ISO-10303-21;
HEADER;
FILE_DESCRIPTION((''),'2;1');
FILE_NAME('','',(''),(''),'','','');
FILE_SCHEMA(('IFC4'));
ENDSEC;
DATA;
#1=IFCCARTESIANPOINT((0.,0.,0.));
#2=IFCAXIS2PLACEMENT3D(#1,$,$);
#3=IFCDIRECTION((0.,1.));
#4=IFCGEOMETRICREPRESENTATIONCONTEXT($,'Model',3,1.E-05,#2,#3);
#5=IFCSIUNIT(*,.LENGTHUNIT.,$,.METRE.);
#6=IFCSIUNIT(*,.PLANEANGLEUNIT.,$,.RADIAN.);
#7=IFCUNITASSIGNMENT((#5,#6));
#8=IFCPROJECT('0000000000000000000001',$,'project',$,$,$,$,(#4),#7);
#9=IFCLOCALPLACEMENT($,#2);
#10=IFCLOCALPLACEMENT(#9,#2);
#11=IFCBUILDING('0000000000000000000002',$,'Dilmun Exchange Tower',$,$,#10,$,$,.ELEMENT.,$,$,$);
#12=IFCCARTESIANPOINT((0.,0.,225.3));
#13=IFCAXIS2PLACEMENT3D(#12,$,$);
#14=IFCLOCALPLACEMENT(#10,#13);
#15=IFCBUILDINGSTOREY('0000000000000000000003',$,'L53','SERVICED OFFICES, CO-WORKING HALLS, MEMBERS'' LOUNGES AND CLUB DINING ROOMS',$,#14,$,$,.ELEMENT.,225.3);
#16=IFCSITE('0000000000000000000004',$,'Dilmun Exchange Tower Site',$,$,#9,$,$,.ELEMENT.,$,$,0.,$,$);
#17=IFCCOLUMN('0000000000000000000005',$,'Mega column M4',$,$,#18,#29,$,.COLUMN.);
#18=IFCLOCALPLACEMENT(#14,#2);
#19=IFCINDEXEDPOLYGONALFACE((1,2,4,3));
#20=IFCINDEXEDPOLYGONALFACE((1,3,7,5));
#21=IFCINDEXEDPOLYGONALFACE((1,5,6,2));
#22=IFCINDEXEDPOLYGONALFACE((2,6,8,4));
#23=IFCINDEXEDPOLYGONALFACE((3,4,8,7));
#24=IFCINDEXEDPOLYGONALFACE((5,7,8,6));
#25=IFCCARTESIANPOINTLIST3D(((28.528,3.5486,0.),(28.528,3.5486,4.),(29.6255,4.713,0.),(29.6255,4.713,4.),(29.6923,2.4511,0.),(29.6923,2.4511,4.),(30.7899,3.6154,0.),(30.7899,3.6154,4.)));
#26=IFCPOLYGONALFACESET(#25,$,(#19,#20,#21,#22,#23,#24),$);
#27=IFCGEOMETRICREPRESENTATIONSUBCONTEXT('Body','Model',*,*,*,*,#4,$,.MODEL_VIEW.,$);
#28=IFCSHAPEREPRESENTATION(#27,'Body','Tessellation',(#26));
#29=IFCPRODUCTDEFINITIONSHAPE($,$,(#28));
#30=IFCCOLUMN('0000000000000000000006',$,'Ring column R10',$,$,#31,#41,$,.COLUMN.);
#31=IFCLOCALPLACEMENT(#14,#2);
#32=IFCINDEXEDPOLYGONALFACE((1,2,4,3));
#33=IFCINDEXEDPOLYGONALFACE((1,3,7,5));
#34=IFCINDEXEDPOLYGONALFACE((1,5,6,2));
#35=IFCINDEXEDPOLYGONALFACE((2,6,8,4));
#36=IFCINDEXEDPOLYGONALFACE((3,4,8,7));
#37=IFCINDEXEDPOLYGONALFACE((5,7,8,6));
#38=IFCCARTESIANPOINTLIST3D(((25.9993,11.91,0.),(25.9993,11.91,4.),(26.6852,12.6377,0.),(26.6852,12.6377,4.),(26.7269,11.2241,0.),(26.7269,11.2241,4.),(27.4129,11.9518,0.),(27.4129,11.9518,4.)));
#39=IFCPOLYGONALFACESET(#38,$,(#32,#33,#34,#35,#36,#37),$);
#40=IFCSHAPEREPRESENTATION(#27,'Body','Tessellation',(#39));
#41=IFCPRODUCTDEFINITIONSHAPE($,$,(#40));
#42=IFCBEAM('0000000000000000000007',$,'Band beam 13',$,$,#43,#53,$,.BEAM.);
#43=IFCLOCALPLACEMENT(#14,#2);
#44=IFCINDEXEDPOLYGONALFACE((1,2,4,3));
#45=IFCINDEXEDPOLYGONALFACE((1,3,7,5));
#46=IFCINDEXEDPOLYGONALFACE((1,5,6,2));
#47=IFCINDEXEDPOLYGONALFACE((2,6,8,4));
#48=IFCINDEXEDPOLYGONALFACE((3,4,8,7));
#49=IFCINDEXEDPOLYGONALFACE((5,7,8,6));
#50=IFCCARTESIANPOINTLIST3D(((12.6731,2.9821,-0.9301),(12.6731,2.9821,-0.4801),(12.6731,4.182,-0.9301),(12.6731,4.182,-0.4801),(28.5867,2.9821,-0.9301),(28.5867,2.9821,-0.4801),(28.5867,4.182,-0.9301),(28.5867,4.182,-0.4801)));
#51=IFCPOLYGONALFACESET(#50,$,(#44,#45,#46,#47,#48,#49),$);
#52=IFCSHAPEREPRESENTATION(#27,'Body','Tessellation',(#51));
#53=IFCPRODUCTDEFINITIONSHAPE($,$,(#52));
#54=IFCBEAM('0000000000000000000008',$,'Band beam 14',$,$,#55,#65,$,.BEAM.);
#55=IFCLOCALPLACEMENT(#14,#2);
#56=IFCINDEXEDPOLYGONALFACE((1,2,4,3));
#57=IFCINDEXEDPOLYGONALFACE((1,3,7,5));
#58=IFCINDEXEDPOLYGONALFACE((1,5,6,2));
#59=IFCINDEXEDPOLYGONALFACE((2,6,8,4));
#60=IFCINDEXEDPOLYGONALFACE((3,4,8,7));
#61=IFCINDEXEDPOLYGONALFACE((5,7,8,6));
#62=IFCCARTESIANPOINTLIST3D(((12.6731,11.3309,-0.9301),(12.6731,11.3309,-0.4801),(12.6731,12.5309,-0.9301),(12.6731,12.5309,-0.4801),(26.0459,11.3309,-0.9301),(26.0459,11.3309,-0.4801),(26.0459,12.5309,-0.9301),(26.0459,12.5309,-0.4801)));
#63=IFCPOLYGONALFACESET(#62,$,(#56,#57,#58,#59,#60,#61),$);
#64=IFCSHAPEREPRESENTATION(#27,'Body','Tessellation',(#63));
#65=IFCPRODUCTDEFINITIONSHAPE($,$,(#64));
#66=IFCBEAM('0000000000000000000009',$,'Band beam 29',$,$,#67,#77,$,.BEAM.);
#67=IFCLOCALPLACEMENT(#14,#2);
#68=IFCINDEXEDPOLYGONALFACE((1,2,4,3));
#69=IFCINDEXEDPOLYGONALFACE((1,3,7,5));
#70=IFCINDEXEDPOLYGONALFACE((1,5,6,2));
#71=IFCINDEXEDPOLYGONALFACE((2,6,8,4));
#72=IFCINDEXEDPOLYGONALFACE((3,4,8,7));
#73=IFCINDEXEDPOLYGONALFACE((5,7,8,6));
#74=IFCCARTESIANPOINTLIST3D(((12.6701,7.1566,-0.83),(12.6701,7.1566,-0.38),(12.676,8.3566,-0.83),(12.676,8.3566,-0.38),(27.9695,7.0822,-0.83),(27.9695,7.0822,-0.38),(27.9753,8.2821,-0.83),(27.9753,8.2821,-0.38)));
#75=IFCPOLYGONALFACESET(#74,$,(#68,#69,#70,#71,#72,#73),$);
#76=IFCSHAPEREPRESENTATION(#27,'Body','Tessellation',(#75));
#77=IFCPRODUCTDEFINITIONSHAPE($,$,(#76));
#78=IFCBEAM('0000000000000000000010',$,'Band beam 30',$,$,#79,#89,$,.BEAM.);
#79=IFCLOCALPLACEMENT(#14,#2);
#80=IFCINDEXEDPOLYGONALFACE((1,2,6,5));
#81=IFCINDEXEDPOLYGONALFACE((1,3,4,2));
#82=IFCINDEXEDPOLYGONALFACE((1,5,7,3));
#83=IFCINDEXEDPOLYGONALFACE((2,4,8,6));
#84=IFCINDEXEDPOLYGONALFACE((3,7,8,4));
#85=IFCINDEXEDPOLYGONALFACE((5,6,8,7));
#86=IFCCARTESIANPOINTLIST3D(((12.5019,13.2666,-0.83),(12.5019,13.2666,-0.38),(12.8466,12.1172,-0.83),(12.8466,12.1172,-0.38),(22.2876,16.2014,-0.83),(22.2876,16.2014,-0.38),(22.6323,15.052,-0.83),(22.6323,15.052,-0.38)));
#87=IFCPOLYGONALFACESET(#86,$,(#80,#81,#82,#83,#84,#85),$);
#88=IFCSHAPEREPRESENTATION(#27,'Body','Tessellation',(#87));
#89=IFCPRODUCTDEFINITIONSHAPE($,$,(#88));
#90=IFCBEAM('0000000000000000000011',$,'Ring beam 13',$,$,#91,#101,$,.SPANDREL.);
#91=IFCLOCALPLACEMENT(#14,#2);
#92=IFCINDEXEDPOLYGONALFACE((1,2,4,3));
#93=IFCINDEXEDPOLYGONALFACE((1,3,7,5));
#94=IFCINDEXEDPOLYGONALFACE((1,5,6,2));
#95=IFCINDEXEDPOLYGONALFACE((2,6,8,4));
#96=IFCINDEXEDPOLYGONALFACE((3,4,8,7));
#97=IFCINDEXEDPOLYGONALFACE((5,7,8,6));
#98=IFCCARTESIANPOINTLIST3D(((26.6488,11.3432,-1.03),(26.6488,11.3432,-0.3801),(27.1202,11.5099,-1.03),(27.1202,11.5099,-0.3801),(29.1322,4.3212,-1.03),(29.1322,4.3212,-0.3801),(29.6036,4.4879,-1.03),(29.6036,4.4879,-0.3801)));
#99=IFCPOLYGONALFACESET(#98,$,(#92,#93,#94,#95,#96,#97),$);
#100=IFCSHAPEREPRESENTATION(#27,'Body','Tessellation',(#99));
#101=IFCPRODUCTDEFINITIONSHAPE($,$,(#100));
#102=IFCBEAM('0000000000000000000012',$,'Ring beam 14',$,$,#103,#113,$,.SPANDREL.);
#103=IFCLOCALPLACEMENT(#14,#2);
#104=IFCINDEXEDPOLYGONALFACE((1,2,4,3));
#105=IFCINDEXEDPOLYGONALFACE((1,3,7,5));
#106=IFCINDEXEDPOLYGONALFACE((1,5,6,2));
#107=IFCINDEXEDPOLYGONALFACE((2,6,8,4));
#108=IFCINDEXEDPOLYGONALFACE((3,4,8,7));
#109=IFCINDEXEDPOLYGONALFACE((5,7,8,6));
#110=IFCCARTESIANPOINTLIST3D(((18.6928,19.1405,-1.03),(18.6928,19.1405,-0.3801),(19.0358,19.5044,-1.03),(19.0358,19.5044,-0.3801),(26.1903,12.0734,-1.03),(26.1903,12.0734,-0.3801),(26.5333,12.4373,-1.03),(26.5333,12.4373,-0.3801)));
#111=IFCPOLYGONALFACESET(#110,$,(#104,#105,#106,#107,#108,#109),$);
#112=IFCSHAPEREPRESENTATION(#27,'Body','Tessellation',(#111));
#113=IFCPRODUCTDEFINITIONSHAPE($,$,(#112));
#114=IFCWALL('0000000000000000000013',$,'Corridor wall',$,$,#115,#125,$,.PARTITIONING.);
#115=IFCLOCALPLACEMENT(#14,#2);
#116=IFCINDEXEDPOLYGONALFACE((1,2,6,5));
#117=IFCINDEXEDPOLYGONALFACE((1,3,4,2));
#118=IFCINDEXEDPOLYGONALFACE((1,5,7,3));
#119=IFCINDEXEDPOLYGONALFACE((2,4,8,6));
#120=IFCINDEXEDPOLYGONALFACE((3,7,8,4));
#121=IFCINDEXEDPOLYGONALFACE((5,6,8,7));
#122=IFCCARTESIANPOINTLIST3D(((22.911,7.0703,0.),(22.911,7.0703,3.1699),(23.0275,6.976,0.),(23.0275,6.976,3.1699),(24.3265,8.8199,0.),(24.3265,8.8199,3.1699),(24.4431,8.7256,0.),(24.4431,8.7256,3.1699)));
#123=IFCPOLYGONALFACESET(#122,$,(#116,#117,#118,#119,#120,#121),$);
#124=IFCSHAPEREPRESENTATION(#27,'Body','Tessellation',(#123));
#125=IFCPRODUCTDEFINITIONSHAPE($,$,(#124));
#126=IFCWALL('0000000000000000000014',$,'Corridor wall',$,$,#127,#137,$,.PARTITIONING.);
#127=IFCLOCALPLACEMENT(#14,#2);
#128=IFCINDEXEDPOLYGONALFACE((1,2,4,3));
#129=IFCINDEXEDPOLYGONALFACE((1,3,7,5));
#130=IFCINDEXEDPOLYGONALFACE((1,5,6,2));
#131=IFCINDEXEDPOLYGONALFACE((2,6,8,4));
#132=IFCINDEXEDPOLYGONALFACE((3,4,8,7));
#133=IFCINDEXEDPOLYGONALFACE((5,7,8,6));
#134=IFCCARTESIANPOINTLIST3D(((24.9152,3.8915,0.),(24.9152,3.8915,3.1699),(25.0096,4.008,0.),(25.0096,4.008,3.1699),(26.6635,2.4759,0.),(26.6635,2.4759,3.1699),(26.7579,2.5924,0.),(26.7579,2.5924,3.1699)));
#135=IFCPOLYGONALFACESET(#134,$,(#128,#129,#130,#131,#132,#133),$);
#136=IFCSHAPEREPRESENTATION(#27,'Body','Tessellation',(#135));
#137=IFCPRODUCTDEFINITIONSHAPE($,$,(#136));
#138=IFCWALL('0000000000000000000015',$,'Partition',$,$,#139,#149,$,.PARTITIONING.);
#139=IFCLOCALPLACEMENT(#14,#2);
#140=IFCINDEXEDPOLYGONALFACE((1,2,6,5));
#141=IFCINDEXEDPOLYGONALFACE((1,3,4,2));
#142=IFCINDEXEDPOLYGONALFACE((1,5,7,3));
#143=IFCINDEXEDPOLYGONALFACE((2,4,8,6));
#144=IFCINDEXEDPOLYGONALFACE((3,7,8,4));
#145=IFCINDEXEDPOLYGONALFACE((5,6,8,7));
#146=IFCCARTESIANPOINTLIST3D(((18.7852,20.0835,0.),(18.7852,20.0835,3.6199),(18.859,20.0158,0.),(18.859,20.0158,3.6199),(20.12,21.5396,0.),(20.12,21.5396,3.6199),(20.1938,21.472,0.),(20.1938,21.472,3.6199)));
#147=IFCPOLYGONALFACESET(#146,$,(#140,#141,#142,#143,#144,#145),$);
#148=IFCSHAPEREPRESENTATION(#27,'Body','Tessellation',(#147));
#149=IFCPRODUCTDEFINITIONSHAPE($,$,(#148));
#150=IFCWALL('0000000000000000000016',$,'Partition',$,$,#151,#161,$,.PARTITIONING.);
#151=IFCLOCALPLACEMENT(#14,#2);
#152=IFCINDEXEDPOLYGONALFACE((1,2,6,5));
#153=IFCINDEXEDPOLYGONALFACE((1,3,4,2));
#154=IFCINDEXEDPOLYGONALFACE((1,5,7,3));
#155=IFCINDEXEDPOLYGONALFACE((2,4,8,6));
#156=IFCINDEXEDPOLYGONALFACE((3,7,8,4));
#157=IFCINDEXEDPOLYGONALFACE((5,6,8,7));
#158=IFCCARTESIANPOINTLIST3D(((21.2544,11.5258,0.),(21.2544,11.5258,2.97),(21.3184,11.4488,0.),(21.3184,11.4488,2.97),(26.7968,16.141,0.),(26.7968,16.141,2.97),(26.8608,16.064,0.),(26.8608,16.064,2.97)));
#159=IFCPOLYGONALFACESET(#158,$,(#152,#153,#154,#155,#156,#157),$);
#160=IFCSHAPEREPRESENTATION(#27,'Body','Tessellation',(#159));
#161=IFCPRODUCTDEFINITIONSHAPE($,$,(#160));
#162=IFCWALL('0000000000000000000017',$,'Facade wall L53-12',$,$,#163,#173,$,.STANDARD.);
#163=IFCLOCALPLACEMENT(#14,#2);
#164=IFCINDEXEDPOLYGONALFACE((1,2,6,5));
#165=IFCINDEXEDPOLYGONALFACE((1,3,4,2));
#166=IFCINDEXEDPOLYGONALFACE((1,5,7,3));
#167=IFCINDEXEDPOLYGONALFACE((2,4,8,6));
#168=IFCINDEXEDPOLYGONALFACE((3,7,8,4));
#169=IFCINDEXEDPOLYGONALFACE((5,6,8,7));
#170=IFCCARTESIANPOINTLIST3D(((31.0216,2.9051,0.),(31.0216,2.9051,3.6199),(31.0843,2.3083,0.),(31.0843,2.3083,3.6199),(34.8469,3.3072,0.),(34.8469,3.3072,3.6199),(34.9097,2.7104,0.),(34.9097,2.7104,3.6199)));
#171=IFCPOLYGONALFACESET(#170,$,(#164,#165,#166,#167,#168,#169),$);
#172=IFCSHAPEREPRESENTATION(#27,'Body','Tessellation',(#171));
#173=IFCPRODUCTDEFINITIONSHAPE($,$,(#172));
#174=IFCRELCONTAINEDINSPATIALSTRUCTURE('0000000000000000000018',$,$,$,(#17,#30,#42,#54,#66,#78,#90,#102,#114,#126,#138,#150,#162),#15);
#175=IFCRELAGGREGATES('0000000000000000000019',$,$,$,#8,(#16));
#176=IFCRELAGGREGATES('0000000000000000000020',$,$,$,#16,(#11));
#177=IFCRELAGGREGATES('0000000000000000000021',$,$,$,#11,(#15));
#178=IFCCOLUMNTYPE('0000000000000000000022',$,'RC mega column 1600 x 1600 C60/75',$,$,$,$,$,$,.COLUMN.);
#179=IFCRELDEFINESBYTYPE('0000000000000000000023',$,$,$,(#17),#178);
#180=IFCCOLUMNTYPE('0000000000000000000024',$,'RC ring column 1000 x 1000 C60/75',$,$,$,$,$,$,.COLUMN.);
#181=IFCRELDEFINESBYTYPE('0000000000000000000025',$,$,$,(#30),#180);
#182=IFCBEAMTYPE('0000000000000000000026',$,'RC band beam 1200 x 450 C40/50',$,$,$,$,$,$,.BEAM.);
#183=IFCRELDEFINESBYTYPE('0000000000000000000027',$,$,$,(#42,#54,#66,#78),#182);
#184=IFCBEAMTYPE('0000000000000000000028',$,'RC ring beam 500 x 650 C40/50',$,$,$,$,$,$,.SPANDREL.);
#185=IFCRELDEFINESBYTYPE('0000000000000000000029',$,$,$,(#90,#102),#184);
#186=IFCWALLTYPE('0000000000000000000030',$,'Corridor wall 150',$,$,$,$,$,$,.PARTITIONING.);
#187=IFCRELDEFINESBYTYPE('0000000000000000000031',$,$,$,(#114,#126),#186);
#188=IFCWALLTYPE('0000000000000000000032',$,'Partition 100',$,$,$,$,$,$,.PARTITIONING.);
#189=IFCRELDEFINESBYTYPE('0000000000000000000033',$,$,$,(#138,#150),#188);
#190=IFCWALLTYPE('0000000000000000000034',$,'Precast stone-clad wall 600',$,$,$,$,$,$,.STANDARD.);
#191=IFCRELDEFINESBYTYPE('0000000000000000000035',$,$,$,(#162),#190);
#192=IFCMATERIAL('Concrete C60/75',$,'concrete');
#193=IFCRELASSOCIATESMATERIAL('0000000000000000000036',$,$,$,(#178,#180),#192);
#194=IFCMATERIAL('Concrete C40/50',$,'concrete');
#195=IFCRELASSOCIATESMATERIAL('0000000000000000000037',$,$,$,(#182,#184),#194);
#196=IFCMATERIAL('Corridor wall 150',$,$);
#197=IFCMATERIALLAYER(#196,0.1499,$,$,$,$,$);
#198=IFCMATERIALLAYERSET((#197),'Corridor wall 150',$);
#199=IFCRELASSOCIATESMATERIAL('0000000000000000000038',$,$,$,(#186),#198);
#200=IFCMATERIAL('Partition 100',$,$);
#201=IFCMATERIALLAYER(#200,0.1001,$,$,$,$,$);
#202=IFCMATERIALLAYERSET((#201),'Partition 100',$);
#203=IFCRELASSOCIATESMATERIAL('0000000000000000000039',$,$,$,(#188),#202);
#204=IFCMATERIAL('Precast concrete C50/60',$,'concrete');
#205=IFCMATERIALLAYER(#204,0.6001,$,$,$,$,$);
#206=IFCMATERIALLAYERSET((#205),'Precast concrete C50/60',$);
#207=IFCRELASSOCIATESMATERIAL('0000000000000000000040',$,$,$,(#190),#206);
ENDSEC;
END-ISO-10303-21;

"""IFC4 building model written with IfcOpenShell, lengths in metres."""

from ifc_helpers import new_model, si_unit, direction, frame, frame_2d, origin, origin_2d, place, context, subcontext, project, spatial, rectangle, extrude, material, layer, layer_set, material_profile, profile_set, type_object, element, save


model = new_model("IFC4")

# Units and contexts
model_context = context("Model", 3, precision=1e-05, world=origin(), true_north=direction((0.0, 1.0)))
body_context = subcontext(model_context, "Body", "Model", "MODEL_VIEW")
ifc_project = project(units=[si_unit("LENGTHUNIT", "METRE"), si_unit("PLANEANGLEUNIT", "RADIAN")], contexts=[model_context])

# Site, building, storey
site_placement = place(None, origin())
site = spatial("IfcSite", under=ifc_project, at=site_placement, Name="Dilmun Exchange Tower Site", CompositionType="ELEMENT", RefElevation=0.0)
building_placement = place(site_placement, origin())
building = spatial("IfcBuilding", under=site, at=building_placement, Name="Dilmun Exchange Tower", CompositionType="ELEMENT")
storey_placement = place(building_placement, frame((0.0, 0.0, 225.3)))
storey = spatial("IfcBuildingStorey", under=building, at=storey_placement, Name="L53", Description="SERVICED OFFICES, CO-WORKING HALLS, MEMBERS' LOUNGES AND CLUB DINING ROOMS", CompositionType="ELEMENT", Elevation=225.3)

# Columns
ifc_material_1 = material(Name="Concrete C60/75", Category="concrete")
ifc_material_profile_1 = material_profile(ifc_material_1, rectangle(XDim=1.6001, YDim=1.6001, at=origin_2d()), Name="1600 x 1600")
ifc_profile_set_1 = profile_set([ifc_material_profile_1], Name="Concrete C60/75")
column_type_1 = type_object("IfcColumnType", Name="RC mega column 1600 x 1600 C60/75", PredefinedType="COLUMN", material=ifc_profile_set_1)
column_1_placement = place(storey_placement, frame((29.6589, 3.582, 0.0), z_axis=(0.0, 0.0, 1.0), x_axis=(0.685916, 0.727681, 0.0)))
element("IfcColumn", 1, at=column_1_placement, inside=storey, type_object=column_type_1, Name="Mega column M4", PredefinedType="COLUMN", context=body_context, shape_type="SweptSolid", body=[
    extrude(rectangle(XDim=1.6001, YDim=1.6001, at=origin_2d()), origin(), (0.0, 0.0, 1.0), 4.0),
])
ifc_material_profile_2 = material_profile(ifc_material_1, rectangle(XDim=1.0, YDim=1.0, at=origin_2d()), Name="1000 x 1000")
ifc_profile_set_2 = profile_set([ifc_material_profile_2], Name="Concrete C60/75")
column_type_2 = type_object("IfcColumnType", Name="RC ring column 1000 x 1000 C60/75", PredefinedType="COLUMN", material=ifc_profile_set_2)
column_2_placement = place(storey_placement, frame((26.7061, 11.9309, 0.0), z_axis=(0.0, 0.0, 1.0), x_axis=(0.685916, 0.727681, 0.0)))
element("IfcColumn", 2, at=column_2_placement, inside=storey, type_object=column_type_2, Name="Ring column R10", PredefinedType="COLUMN", context=body_context, shape_type="SweptSolid", body=[
    extrude(rectangle(XDim=1.0, YDim=1.0, at=origin_2d()), origin(), (0.0, 0.0, 1.0), 4.0),
])

# Beams
ifc_material_2 = material(Name="Concrete C40/50", Category="concrete")
ifc_material_profile_3 = material_profile(ifc_material_2, rectangle(XDim=1.2, YDim=0.45, at=origin_2d()), Name="1200 x 450")
ifc_profile_set_3 = profile_set([ifc_material_profile_3], Name="Concrete C40/50")
beam_type_1 = type_object("IfcBeamType", Name="RC band beam 1200 x 450 C40/50", PredefinedType="BEAM", material=ifc_profile_set_3)
beam_1_placement = place(storey_placement, frame((28.5867, 3.582, -0.7051), z_axis=(-1.0, 0.0, 0.0), x_axis=(0.0, -1.0, 0.0)))
element("IfcBeam", 3, at=beam_1_placement, inside=storey, type_object=beam_type_1, Name="Band beam 13", PredefinedType="BEAM", context=body_context, shape_type="SweptSolid", body=[
    extrude(rectangle(XDim=1.2, YDim=0.45, at=origin_2d()), origin(), (0.0, 0.0, 1.0), 15.9136),
])
beam_2_placement = place(storey_placement, frame((26.0459, 11.9309, -0.7051), z_axis=(-1.0, 0.0, 0.0), x_axis=(0.0, -1.0, 0.0)))
element("IfcBeam", 4, at=beam_2_placement, inside=storey, type_object=beam_type_1, Name="Band beam 14", PredefinedType="BEAM", context=body_context, shape_type="SweptSolid", body=[
    extrude(rectangle(XDim=1.2, YDim=0.45, at=origin_2d()), origin(), (0.0, 0.0, 1.0), 13.3728),
])
beam_3_placement = place(storey_placement, frame((27.9724, 7.6821, -0.605), z_axis=(-0.999988, 0.004867, 0.0), x_axis=(-0.004867, -0.999988, 0.0)))
element("IfcBeam", 5, at=beam_3_placement, inside=storey, type_object=beam_type_1, Name="Band beam 29", PredefinedType="BEAM", context=body_context, shape_type="SweptSolid", body=[
    extrude(rectangle(XDim=1.2, YDim=0.45, at=origin_2d()), origin(), (0.0, 0.0, 1.0), 15.2996),
])
beam_4_placement = place(storey_placement, frame((22.46, 15.6267, -0.605), z_axis=(-0.95785, -0.287269, 0.0), x_axis=(0.287269, -0.95785, 0.0)))
element("IfcBeam", 6, at=beam_4_placement, inside=storey, type_object=beam_type_1, Name="Band beam 30", PredefinedType="BEAM", context=body_context, shape_type="SweptSolid", body=[
    extrude(rectangle(XDim=1.2, YDim=0.45, at=origin_2d()), origin(), (0.0, 0.0, 1.0), 10.2163),
])
ifc_material_profile_4 = material_profile(ifc_material_2, rectangle(XDim=0.5, YDim=0.6499, at=origin_2d()), Name="500 x 650")
ifc_profile_set_4 = profile_set([ifc_material_profile_4], Name="Concrete C40/50")
beam_type_2 = type_object("IfcBeamType", Name="RC ring beam 500 x 650 C40/50", PredefinedType="SPANDREL", material=ifc_profile_set_4)
beam_5_placement = place(storey_placement, frame((29.3679, 4.4045, -0.7051), z_axis=(-0.333424, 0.942777, 0.0), x_axis=(-0.942777, -0.333424, 0.0)))
element("IfcBeam", 7, at=beam_5_placement, inside=storey, type_object=beam_type_2, Name="Ring beam 13", PredefinedType="SPANDREL", context=body_context, shape_type="SweptSolid", body=[
    extrude(rectangle(XDim=0.5, YDim=0.6499, at=origin_2d()), origin(), (0.0, 0.0, 1.0), 7.4482),
])
beam_6_placement = place(storey_placement, frame((26.3618, 12.2554, -0.7051), z_axis=(-0.727686, 0.685911, 0.0), x_axis=(-0.685911, -0.727686, 0.0)))
element("IfcBeam", 8, at=beam_6_placement, inside=storey, type_object=beam_type_2, Name="Ring beam 14", PredefinedType="SPANDREL", context=body_context, shape_type="SweptSolid", body=[
    extrude(rectangle(XDim=0.5, YDim=0.6499, at=origin_2d()), origin(), (0.0, 0.0, 1.0), 10.3032),
])

# Walls
ifc_material_3 = material(Name="Corridor wall 150")
ifc_layer_1 = layer(ifc_material_3, 0.1499)
ifc_layer_set_1 = layer_set([ifc_layer_1], Name="Corridor wall 150")
wall_type_1 = type_object("IfcWallType", Name="Corridor wall 150", PredefinedType="PARTITIONING", material=ifc_layer_set_1)
wall_1_placement = place(storey_placement, frame((22.9692, 7.0232, 0.0), z_axis=(0.0, 0.0, 1.0), x_axis=(0.628998, 0.777407, 0.0)))
element("IfcWall", 9, at=wall_1_placement, inside=storey, type_object=wall_type_1, Name="Corridor wall", PredefinedType="PARTITIONING", context=body_context, shape_type="SweptSolid", body=[
    extrude(rectangle(XDim=2.2505, YDim=0.1499, at=frame_2d((1.1252, 0.0))), origin(), (0.0, 0.0, 1.0), 3.1699),
])
wall_2_placement = place(storey_placement, frame((24.9624, 3.9497, 0.0), z_axis=(0.0, 0.0, 1.0), x_axis=(0.777192, -0.629264, 0.0)))
element("IfcWall", 10, at=wall_2_placement, inside=storey, type_object=wall_type_1, Name="Corridor wall", PredefinedType="PARTITIONING", context=body_context, shape_type="SweptSolid", body=[
    extrude(rectangle(XDim=2.2495, YDim=0.1499, at=frame_2d((1.1248, 0.0))), origin(), (0.0, 0.0, 1.0), 3.1699),
])
ifc_material_4 = material(Name="Partition 100")
ifc_layer_2 = layer(ifc_material_4, 0.1001)
ifc_layer_set_2 = layer_set([ifc_layer_2], Name="Partition 100")
wall_type_2 = type_object("IfcWallType", Name="Partition 100", PredefinedType="PARTITIONING", material=ifc_layer_set_2)
wall_3_placement = place(storey_placement, frame((18.822, 20.0496, 0.0), z_axis=(0.0, 0.0, 1.0), x_axis=(0.675725, 0.737154, 0.0)))
element("IfcWall", 11, at=wall_3_placement, inside=storey, type_object=wall_type_2, Name="Partition", PredefinedType="PARTITIONING", context=body_context, shape_type="SweptSolid", body=[
    extrude(rectangle(XDim=1.9753, YDim=0.1001, at=frame_2d((0.9878, 0.0))), origin(), (0.0, 0.0, 1.0), 3.6199),
])
wall_4_placement = place(storey_placement, frame((21.2864, 11.4873, 0.0), z_axis=(0.0, 0.0, 1.0), x_axis=(0.76846, 0.639898, 0.0)))
element("IfcWall", 12, at=wall_4_placement, inside=storey, type_object=wall_type_2, Name="Partition", PredefinedType="PARTITIONING", context=body_context, shape_type="SweptSolid", body=[
    extrude(rectangle(XDim=7.2124, YDim=0.1001, at=frame_2d((3.6062, 0.0))), origin(), (0.0, 0.0, 1.0), 2.97),
])
ifc_material_5 = material(Name="Precast concrete C50/60", Category="concrete")
ifc_layer_3 = layer(ifc_material_5, 0.6001)
ifc_layer_set_3 = layer_set([ifc_layer_3], Name="Precast concrete C50/60")
wall_type_3 = type_object("IfcWallType", Name="Precast stone-clad wall 600", PredefinedType="STANDARD", material=ifc_layer_set_3)
wall_5_placement = place(storey_placement, frame((34.8784, 3.0088, 0.0), z_axis=(0.0, 0.0, 1.0), x_axis=(-0.994521, -0.104536, 0.0)))
element("IfcWall", 13, at=wall_5_placement, inside=storey, type_object=wall_type_3, Name="Facade wall L53-12", PredefinedType="STANDARD", context=body_context, shape_type="SweptSolid", body=[
    extrude(rectangle(XDim=3.8464, YDim=0.6001, at=frame_2d((1.9233, 0.0))), origin(), (0.0, 0.0, 1.0), 3.6199),
])

save(model, "model.ifc")
